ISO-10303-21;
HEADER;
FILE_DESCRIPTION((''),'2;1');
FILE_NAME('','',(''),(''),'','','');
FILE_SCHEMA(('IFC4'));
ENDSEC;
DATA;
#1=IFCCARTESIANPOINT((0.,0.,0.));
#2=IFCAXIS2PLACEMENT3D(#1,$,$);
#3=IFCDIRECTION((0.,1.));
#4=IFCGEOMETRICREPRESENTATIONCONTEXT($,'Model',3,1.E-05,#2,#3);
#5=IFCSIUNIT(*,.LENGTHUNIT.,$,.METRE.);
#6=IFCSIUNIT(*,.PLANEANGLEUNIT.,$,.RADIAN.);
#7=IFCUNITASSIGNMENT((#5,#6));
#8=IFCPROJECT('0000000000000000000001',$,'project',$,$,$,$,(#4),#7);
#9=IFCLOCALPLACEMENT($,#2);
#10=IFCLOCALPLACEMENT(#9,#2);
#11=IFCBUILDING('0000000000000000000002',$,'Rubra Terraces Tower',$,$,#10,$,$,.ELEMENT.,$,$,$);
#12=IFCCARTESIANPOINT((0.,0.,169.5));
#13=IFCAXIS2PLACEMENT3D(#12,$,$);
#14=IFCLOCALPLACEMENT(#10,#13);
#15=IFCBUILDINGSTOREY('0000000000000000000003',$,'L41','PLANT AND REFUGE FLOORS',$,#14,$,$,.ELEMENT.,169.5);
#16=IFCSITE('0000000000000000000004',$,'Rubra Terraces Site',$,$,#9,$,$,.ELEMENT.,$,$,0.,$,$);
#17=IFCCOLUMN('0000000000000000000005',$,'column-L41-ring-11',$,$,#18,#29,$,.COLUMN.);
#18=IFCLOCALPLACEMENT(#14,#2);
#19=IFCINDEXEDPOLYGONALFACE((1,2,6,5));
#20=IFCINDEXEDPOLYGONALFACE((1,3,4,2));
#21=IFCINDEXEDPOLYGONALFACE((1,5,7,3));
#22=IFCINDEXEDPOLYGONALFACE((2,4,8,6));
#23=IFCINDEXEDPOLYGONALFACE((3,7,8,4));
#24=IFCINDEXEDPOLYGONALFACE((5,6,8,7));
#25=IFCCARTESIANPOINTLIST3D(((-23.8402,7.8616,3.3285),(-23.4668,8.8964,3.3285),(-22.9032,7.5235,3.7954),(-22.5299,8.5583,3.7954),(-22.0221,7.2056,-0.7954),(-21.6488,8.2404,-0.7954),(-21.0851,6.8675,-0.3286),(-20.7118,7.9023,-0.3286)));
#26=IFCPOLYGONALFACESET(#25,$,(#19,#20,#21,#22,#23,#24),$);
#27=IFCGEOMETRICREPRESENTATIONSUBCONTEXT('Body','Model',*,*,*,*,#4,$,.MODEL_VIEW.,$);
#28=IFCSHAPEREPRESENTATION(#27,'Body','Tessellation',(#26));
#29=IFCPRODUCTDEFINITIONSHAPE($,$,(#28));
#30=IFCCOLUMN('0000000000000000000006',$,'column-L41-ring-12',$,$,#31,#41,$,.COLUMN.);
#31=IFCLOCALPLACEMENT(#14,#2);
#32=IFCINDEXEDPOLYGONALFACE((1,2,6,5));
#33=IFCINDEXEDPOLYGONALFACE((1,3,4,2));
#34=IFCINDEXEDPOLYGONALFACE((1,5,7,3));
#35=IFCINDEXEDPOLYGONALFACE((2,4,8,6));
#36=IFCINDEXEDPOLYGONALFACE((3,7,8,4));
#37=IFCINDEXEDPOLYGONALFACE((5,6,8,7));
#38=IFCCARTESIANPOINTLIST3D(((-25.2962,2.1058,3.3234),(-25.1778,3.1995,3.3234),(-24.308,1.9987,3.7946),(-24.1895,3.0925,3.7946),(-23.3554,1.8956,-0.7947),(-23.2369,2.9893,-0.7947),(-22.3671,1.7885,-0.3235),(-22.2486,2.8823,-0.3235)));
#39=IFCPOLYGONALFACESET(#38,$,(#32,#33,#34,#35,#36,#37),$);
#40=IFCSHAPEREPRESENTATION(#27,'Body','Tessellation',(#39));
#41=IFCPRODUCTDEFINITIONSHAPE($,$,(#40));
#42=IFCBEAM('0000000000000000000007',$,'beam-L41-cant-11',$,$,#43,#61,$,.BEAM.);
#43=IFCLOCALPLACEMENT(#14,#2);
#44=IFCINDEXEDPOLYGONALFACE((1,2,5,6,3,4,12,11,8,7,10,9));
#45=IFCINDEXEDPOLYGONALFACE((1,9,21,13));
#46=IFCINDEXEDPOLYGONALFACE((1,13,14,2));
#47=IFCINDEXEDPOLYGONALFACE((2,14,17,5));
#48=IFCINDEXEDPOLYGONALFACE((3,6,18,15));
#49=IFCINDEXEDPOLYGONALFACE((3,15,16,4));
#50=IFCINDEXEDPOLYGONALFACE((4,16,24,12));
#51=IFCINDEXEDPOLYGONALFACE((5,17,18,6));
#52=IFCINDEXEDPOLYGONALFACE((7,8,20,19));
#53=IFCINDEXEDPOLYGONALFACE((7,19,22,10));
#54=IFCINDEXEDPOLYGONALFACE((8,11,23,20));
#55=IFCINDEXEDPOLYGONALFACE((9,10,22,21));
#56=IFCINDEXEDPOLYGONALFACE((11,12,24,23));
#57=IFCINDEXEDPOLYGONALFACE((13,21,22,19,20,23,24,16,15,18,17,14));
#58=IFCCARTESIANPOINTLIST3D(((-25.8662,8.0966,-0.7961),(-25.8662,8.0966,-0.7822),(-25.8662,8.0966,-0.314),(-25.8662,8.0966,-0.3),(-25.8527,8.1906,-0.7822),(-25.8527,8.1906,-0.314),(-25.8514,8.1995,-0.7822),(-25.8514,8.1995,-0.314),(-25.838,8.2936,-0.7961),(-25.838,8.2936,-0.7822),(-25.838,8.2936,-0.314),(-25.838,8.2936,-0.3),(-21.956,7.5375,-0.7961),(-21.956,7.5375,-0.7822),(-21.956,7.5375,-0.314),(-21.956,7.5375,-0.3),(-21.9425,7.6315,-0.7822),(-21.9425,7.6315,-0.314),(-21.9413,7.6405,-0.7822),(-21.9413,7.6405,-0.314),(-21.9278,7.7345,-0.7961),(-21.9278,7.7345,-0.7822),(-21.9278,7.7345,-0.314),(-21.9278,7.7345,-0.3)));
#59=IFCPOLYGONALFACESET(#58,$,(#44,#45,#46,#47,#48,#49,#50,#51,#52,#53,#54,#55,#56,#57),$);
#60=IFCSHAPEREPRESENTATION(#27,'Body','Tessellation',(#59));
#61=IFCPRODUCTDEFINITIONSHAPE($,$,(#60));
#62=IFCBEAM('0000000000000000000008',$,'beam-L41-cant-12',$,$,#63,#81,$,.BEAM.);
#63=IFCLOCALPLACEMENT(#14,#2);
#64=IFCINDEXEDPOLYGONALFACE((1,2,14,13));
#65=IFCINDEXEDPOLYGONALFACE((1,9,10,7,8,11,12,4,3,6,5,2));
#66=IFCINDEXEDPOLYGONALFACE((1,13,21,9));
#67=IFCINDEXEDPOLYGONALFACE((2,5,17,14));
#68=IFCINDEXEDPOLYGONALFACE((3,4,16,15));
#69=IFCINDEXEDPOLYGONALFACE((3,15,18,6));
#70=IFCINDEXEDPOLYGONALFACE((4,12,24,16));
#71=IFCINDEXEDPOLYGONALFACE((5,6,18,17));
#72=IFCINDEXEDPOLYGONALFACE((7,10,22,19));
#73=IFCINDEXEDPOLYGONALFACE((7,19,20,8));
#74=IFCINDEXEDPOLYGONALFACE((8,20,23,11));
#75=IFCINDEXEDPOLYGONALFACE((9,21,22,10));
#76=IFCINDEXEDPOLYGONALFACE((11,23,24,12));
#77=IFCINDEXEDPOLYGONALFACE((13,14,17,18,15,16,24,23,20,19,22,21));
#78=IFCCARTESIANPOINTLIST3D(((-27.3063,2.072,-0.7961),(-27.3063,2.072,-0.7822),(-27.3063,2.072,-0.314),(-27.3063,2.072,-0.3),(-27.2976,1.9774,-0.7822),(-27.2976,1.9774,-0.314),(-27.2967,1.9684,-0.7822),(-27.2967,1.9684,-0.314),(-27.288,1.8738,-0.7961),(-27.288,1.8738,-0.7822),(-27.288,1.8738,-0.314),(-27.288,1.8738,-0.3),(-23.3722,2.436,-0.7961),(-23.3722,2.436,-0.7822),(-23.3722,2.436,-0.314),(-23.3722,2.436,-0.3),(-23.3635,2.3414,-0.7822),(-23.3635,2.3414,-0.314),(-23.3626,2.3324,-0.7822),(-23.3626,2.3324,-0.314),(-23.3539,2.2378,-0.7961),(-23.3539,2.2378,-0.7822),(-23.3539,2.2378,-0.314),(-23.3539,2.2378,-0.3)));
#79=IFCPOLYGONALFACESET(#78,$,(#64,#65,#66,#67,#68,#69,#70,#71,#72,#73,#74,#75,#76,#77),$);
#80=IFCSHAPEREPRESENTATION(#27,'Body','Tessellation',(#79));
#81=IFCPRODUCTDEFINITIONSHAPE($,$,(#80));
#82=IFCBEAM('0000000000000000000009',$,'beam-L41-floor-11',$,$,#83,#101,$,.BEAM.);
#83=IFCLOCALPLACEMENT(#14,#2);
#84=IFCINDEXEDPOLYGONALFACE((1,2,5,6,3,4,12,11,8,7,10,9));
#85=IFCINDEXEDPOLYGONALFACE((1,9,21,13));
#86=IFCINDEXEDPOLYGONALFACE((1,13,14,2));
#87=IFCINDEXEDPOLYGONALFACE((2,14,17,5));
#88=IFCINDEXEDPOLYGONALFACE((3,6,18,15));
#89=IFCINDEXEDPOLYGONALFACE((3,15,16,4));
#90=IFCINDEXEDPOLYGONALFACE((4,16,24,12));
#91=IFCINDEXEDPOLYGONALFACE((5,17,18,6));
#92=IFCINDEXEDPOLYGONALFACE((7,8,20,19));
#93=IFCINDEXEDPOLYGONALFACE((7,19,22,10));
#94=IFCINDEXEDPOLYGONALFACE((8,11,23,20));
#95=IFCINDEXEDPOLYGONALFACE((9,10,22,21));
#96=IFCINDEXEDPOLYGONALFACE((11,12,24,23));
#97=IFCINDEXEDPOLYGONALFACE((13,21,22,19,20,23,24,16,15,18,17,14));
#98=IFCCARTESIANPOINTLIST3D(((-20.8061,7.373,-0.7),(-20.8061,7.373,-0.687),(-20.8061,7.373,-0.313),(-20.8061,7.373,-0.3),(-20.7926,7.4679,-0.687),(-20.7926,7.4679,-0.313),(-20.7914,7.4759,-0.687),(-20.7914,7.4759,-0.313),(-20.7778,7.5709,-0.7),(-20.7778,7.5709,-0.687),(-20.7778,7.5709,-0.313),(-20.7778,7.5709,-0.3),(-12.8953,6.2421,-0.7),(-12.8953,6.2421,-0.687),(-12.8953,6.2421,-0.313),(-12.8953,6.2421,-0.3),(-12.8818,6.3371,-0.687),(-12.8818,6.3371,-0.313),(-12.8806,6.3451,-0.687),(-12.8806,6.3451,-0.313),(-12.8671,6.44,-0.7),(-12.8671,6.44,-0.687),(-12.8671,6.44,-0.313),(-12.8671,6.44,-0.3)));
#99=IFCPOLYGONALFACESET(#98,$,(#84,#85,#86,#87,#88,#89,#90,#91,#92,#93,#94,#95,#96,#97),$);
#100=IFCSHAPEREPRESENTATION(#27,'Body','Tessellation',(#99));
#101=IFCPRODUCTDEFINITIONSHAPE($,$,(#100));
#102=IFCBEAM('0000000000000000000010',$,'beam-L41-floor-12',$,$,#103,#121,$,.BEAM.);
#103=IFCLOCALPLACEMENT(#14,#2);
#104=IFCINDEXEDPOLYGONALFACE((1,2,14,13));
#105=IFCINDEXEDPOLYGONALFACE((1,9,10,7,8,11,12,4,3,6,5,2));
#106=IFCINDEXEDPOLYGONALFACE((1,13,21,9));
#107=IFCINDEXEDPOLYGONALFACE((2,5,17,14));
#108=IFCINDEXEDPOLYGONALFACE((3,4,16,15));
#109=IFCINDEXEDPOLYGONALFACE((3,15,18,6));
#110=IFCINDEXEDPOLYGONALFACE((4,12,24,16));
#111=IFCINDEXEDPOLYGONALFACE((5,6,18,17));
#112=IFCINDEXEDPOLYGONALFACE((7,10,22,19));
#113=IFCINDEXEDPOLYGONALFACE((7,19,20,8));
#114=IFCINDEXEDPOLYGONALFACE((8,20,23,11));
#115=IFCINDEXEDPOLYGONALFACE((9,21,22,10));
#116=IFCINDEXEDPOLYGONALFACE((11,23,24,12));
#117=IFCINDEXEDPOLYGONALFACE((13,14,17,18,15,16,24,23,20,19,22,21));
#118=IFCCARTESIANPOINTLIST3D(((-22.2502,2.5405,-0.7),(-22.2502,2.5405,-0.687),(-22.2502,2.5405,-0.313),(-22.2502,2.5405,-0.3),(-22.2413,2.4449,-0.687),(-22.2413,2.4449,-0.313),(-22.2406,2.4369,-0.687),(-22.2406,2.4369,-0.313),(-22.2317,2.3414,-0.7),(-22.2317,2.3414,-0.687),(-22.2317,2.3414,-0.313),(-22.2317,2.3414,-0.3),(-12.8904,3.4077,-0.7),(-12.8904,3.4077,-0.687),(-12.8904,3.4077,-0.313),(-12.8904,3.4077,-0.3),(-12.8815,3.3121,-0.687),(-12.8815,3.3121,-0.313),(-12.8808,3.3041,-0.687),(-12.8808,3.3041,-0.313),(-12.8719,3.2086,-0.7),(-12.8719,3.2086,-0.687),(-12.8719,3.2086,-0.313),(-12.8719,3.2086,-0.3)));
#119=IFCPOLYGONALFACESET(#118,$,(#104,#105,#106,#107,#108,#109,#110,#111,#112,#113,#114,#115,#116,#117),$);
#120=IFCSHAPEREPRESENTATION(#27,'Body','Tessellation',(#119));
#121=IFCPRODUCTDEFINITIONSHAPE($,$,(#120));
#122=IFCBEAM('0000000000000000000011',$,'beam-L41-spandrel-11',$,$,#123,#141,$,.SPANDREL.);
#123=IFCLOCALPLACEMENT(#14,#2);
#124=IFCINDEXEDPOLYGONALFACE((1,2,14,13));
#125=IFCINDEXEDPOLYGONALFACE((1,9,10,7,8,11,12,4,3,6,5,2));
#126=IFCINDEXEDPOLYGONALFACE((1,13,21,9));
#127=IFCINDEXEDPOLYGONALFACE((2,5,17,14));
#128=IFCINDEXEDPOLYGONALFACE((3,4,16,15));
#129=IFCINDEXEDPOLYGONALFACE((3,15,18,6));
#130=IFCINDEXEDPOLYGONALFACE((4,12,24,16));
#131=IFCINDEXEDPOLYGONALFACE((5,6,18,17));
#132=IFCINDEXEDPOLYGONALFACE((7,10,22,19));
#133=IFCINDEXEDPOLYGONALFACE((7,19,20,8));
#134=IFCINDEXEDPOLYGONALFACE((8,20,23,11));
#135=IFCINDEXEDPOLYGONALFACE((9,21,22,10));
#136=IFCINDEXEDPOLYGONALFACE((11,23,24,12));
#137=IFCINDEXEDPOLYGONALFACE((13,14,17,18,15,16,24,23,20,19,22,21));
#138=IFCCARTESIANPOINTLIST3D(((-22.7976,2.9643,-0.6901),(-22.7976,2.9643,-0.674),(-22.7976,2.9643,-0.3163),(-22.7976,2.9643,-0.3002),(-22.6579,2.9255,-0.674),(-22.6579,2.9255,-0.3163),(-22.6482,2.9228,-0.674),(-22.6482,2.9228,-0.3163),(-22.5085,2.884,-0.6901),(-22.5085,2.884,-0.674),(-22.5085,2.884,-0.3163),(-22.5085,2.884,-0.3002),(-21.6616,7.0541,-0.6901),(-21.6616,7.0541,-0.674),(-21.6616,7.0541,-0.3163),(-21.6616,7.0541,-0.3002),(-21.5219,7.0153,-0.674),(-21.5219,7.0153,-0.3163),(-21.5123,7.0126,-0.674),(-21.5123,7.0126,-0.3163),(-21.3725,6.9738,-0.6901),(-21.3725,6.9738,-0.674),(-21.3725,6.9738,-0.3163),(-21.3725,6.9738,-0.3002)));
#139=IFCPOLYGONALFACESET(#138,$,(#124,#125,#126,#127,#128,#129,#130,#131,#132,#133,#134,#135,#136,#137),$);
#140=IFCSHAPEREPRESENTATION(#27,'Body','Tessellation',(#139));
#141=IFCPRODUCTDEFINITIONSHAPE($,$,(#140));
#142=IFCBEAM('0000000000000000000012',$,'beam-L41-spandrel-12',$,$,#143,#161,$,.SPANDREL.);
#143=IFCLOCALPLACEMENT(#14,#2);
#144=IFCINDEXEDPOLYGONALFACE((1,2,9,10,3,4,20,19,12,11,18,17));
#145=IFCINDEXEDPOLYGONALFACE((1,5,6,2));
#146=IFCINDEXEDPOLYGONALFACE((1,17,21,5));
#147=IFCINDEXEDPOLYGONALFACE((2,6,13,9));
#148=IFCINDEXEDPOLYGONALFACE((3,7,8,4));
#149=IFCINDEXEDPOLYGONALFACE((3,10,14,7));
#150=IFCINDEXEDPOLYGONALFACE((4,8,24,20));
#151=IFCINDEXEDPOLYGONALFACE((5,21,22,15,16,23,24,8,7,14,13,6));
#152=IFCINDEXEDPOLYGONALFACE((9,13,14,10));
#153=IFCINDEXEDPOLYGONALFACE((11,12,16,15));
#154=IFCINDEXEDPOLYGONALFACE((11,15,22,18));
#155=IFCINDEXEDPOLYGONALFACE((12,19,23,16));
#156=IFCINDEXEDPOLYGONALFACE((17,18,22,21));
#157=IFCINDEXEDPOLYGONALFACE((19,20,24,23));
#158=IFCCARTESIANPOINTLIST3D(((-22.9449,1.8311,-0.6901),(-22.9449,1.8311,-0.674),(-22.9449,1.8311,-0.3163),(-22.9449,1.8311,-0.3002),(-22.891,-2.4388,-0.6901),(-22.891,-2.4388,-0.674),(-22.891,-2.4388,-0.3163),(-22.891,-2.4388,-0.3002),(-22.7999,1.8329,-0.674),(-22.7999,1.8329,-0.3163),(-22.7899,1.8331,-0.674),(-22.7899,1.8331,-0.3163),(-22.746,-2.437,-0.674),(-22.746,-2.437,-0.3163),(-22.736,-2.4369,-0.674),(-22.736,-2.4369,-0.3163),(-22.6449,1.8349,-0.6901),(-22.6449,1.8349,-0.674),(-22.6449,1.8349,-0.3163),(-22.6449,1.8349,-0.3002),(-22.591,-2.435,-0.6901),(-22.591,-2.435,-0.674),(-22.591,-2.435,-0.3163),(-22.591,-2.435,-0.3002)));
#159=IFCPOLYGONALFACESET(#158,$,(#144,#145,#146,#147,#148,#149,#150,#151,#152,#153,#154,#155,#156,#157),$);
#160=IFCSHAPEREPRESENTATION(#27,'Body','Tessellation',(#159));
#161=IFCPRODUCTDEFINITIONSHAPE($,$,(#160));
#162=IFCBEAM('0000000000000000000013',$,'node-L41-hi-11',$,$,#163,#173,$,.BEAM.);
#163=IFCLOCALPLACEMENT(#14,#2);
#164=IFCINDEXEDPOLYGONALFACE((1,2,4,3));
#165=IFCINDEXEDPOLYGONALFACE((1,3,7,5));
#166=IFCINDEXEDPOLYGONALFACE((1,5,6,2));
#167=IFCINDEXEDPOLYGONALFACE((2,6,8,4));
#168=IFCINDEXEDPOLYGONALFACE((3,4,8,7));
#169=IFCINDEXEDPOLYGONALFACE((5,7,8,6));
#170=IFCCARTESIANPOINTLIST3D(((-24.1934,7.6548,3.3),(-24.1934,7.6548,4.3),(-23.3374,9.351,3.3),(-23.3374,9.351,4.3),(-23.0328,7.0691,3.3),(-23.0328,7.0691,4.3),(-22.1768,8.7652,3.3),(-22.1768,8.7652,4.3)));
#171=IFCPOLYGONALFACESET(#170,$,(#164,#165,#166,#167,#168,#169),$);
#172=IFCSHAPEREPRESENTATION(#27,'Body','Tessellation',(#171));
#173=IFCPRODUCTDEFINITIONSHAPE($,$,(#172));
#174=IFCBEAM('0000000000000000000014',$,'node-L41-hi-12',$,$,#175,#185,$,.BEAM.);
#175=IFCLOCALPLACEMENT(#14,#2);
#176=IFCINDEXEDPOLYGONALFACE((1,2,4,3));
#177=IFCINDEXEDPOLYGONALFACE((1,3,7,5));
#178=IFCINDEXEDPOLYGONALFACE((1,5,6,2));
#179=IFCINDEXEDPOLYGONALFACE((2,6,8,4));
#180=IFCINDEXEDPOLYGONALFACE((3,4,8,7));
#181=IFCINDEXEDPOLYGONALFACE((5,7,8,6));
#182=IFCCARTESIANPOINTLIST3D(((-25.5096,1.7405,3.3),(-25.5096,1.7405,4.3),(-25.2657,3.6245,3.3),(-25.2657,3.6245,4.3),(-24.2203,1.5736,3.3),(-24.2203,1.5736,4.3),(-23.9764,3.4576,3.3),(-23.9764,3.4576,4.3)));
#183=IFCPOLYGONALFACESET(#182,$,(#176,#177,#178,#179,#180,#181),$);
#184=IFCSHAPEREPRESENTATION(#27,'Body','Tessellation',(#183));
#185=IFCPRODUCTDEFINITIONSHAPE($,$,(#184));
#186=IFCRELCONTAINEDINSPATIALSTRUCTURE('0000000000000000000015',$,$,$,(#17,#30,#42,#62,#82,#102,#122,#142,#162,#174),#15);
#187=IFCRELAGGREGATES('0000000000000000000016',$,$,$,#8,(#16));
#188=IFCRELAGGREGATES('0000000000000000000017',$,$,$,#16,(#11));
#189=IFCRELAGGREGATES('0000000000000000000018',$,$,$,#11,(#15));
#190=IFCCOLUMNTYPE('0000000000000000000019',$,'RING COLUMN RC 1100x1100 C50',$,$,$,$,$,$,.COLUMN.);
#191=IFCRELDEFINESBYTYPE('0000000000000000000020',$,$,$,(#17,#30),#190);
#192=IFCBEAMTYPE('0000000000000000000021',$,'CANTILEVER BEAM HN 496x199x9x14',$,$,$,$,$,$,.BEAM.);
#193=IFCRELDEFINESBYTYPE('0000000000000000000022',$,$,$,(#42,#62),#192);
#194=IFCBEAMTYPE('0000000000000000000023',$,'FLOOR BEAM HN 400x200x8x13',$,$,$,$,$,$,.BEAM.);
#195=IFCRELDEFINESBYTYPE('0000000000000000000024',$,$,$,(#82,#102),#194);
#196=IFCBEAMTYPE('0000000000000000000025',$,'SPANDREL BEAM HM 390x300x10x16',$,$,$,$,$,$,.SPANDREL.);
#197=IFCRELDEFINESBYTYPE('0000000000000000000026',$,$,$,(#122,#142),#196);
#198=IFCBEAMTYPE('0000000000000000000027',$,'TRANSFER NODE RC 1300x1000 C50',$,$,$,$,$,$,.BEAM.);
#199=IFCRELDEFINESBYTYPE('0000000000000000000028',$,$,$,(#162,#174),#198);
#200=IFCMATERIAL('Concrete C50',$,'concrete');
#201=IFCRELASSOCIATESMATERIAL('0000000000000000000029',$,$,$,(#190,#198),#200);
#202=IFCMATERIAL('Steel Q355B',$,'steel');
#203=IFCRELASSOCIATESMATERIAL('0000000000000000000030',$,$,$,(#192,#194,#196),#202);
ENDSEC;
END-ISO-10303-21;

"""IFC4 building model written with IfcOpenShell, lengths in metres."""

from ifc_helpers import new_model, si_unit, direction, frame, origin, origin_2d, place, context, subcontext, project, spatial, rectangle, i_section, extrude, material, material_profile, profile_set, type_object, element, save


model = new_model("IFC4")

# Units and contexts
model_context = context("Model", 3, precision=1e-05, world=origin(), true_north=direction((0.0, 1.0)))
body_context = subcontext(model_context, "Body", "Model", "MODEL_VIEW")
ifc_project = project(units=[si_unit("LENGTHUNIT", "METRE"), si_unit("PLANEANGLEUNIT", "RADIAN")], contexts=[model_context])

# Site, building, storey
site_placement = place(None, origin())
site = spatial("IfcSite", under=ifc_project, at=site_placement, Name="Rubra Terraces Site", CompositionType="ELEMENT", RefElevation=0.0)
building_placement = place(site_placement, origin())
building = spatial("IfcBuilding", under=site, at=building_placement, Name="Rubra Terraces Tower", CompositionType="ELEMENT")
storey_placement = place(building_placement, frame((0.0, 0.0, 169.5)))
storey = spatial("IfcBuildingStorey", under=building, at=storey_placement, Name="L41", Description="PLANT AND REFUGE FLOORS", CompositionType="ELEMENT", Elevation=169.5)

# Columns
ifc_material_1 = material(Name="Concrete C50", Category="concrete")
ifc_material_profile_1 = material_profile(ifc_material_1, rectangle(XDim=1.1001, YDim=1.1001, at=origin_2d()), Name="RC 1100x1100")
ifc_profile_set_1 = profile_set([ifc_material_profile_1], Name="Concrete C50")
column_type = type_object("IfcColumnType", Name="RING COLUMN RC 1100x1100 C50", PredefinedType="COLUMN", material=ifc_profile_set_1)
column_1_placement = place(storey_placement, frame((-21.3669, 7.554, -0.562), z_axis=(-0.399191, 0.144035, 0.905484), x_axis=(-0.339399, -0.940642, 0.0)))
element("IfcColumn", 1, at=column_1_placement, inside=storey, type_object=column_type, Name="column-L41-ring-11", PredefinedType="COLUMN", context=body_context, shape_type="SweptSolid", body=[
    extrude(rectangle(XDim=1.1001, YDim=1.1001, at=origin_2d()), origin(), (0.0, 0.0, 1.0), 4.5544),
])
column_2_placement = place(storey_placement, frame((-22.802, 2.3889, -0.5591), z_axis=(-0.425875, 0.046123, 0.903606), x_axis=(-0.107672, -0.994186, 0.0)))
element("IfcColumn", 2, at=column_2_placement, inside=storey, type_object=column_type, Name="column-L41-ring-12", PredefinedType="COLUMN", context=body_context, shape_type="SweptSolid", body=[
    extrude(rectangle(XDim=1.1001, YDim=1.1001, at=origin_2d()), origin(), (0.0, 0.0, 1.0), 4.5574),
])

# Beams
ifc_material_2 = material(Name="Steel Q355B", Category="steel")
ifc_material_profile_2 = material_profile(ifc_material_2, i_section(OverallWidth=0.199, OverallDepth=0.4961, WebThickness=0.009, FlangeThickness=0.0139, at=origin_2d()), Name="HN 496x199x9x14")
ifc_profile_set_2 = profile_set([ifc_material_profile_2], Name="Steel Q355B")
beam_type_1 = type_object("IfcBeamType", Name="CANTILEVER BEAM HN 496x199x9x14", PredefinedType="BEAM", material=ifc_profile_set_2)
beam_1_placement = place(storey_placement, frame((-21.9419, 7.636, -0.5481), z_axis=(-0.989932, 0.141543, 0.0), x_axis=(-0.141543, -0.989932, 0.0)))
element("IfcBeam", 3, at=beam_1_placement, inside=storey, type_object=beam_type_1, Name="beam-L41-cant-11", PredefinedType="BEAM", context=body_context, shape_type="SweptSolid", body=[
    extrude(i_section(OverallWidth=0.199, OverallDepth=0.4961, WebThickness=0.009, FlangeThickness=0.0139, at=origin_2d()), origin(), (0.0, 0.0, 1.0), 3.95),
])
beam_2_placement = place(storey_placement, frame((-23.363, 2.3369, -0.5481), z_axis=(-0.995747, -0.092135, 0.0), x_axis=(0.092135, -0.995747, 0.0)))
element("IfcBeam", 4, at=beam_2_placement, inside=storey, type_object=beam_type_1, Name="beam-L41-cant-12", PredefinedType="BEAM", context=body_context, shape_type="SweptSolid", body=[
    extrude(i_section(OverallWidth=0.199, OverallDepth=0.4961, WebThickness=0.009, FlangeThickness=0.0139, at=origin_2d()), origin(), (0.0, 0.0, 1.0), 3.9509),
])
ifc_material_profile_3 = material_profile(ifc_material_2, i_section(OverallWidth=0.2, OverallDepth=0.3999, WebThickness=0.0081, FlangeThickness=0.0129, at=origin_2d()), Name="HN 400x200x8x13")
ifc_profile_set_3 = profile_set([ifc_material_profile_3], Name="Steel Q355B")
beam_type_2 = type_object("IfcBeamType", Name="FLOOR BEAM HN 400x200x8x13", PredefinedType="BEAM", material=ifc_profile_set_3)
beam_3_placement = place(storey_placement, frame((-20.792, 7.4719, -0.5), z_axis=(0.989937, -0.141511, 0.0), x_axis=(0.141511, 0.989937, 0.0)))
element("IfcBeam", 5, at=beam_3_placement, inside=storey, type_object=beam_type_2, Name="beam-L41-floor-11", PredefinedType="BEAM", context=body_context, shape_type="SweptSolid", body=[
    extrude(i_section(OverallWidth=0.2, OverallDepth=0.3999, WebThickness=0.0081, FlangeThickness=0.0129, at=origin_2d()), origin(), (0.0, 0.0, 1.0), 7.9912),
])
beam_4_placement = place(storey_placement, frame((-22.241, 2.4409, -0.5), z_axis=(0.995735, 0.092254, 0.0), x_axis=(-0.092254, 0.995735, 0.0)))
element("IfcBeam", 6, at=beam_4_placement, inside=storey, type_object=beam_type_2, Name="beam-L41-floor-12", PredefinedType="BEAM", context=body_context, shape_type="SweptSolid", body=[
    extrude(i_section(OverallWidth=0.2, OverallDepth=0.3999, WebThickness=0.0081, FlangeThickness=0.0129, at=origin_2d()), origin(), (0.0, 0.0, 1.0), 9.3999),
])
ifc_material_profile_4 = material_profile(ifc_material_2, i_section(OverallWidth=0.3, OverallDepth=0.3899, WebThickness=0.01, FlangeThickness=0.0161, at=origin_2d()), Name="HM 390x300x10x16")
ifc_profile_set_4 = profile_set([ifc_material_profile_4], Name="Steel Q355B")
beam_type_3 = type_object("IfcBeamType", Name="SPANDREL BEAM HM 390x300x10x16", PredefinedType="SPANDREL", material=ifc_profile_set_4)
beam_5_placement = place(storey_placement, frame((-21.5171, 7.0139, -0.4951), z_axis=(-0.267626, -0.963523, 0.0), x_axis=(0.963523, -0.267626, 0.0)))
element("IfcBeam", 7, at=beam_5_placement, inside=storey, type_object=beam_type_3, Name="beam-L41-spandrel-11", PredefinedType="SPANDREL", context=body_context, shape_type="SweptSolid", body=[
    extrude(i_section(OverallWidth=0.3, OverallDepth=0.3899, WebThickness=0.01, FlangeThickness=0.0161, at=origin_2d()), origin(), (0.0, 0.0, 1.0), 4.2446),
])
beam_6_placement = place(storey_placement, frame((-22.7949, 1.833, -0.4951), z_axis=(0.012635, -0.99992, 0.0), x_axis=(0.99992, 0.012635, 0.0)))
element("IfcBeam", 8, at=beam_6_placement, inside=storey, type_object=beam_type_3, Name="beam-L41-spandrel-12", PredefinedType="SPANDREL", context=body_context, shape_type="SweptSolid", body=[
    extrude(i_section(OverallWidth=0.3, OverallDepth=0.3899, WebThickness=0.01, FlangeThickness=0.0161, at=origin_2d()), origin(), (0.0, 0.0, 1.0), 4.2703),
])
ifc_material_profile_5 = material_profile(ifc_material_1, rectangle(XDim=1.3, YDim=1.0, at=origin_2d()), Name="RC 1300x1000")
ifc_profile_set_5 = profile_set([ifc_material_profile_5], Name="Concrete C50")
beam_type_4 = type_object("IfcBeamType", Name="TRANSFER NODE RC 1300x1000 C50", PredefinedType="BEAM", material=ifc_profile_set_5)
beam_7_placement = place(storey_placement, frame((-22.7571, 9.0581, 3.8), z_axis=(-0.450552, -0.89275, 0.0), x_axis=(0.89275, -0.450552, 0.0)))
element("IfcBeam", 9, at=beam_7_placement, inside=storey, type_object=beam_type_4, Name="node-L41-hi-11", PredefinedType="BEAM", context=body_context, shape_type="SweptSolid", body=[
    extrude(rectangle(XDim=1.3, YDim=1.0, at=origin_2d()), origin(), (0.0, 0.0, 1.0), 1.8999),
])
beam_8_placement = place(storey_placement, frame((-24.6211, 3.541, 3.8), z_axis=(-0.128383, -0.991725, 0.0), x_axis=(0.991725, -0.128383, 0.0)))
element("IfcBeam", 10, at=beam_8_placement, inside=storey, type_object=beam_type_4, Name="node-L41-hi-12", PredefinedType="BEAM", context=body_context, shape_type="SweptSolid", body=[
    extrude(rectangle(XDim=1.3, YDim=1.0, at=origin_2d()), origin(), (0.0, 0.0, 1.0), 1.8997),
])

save(model, "model.ifc")
